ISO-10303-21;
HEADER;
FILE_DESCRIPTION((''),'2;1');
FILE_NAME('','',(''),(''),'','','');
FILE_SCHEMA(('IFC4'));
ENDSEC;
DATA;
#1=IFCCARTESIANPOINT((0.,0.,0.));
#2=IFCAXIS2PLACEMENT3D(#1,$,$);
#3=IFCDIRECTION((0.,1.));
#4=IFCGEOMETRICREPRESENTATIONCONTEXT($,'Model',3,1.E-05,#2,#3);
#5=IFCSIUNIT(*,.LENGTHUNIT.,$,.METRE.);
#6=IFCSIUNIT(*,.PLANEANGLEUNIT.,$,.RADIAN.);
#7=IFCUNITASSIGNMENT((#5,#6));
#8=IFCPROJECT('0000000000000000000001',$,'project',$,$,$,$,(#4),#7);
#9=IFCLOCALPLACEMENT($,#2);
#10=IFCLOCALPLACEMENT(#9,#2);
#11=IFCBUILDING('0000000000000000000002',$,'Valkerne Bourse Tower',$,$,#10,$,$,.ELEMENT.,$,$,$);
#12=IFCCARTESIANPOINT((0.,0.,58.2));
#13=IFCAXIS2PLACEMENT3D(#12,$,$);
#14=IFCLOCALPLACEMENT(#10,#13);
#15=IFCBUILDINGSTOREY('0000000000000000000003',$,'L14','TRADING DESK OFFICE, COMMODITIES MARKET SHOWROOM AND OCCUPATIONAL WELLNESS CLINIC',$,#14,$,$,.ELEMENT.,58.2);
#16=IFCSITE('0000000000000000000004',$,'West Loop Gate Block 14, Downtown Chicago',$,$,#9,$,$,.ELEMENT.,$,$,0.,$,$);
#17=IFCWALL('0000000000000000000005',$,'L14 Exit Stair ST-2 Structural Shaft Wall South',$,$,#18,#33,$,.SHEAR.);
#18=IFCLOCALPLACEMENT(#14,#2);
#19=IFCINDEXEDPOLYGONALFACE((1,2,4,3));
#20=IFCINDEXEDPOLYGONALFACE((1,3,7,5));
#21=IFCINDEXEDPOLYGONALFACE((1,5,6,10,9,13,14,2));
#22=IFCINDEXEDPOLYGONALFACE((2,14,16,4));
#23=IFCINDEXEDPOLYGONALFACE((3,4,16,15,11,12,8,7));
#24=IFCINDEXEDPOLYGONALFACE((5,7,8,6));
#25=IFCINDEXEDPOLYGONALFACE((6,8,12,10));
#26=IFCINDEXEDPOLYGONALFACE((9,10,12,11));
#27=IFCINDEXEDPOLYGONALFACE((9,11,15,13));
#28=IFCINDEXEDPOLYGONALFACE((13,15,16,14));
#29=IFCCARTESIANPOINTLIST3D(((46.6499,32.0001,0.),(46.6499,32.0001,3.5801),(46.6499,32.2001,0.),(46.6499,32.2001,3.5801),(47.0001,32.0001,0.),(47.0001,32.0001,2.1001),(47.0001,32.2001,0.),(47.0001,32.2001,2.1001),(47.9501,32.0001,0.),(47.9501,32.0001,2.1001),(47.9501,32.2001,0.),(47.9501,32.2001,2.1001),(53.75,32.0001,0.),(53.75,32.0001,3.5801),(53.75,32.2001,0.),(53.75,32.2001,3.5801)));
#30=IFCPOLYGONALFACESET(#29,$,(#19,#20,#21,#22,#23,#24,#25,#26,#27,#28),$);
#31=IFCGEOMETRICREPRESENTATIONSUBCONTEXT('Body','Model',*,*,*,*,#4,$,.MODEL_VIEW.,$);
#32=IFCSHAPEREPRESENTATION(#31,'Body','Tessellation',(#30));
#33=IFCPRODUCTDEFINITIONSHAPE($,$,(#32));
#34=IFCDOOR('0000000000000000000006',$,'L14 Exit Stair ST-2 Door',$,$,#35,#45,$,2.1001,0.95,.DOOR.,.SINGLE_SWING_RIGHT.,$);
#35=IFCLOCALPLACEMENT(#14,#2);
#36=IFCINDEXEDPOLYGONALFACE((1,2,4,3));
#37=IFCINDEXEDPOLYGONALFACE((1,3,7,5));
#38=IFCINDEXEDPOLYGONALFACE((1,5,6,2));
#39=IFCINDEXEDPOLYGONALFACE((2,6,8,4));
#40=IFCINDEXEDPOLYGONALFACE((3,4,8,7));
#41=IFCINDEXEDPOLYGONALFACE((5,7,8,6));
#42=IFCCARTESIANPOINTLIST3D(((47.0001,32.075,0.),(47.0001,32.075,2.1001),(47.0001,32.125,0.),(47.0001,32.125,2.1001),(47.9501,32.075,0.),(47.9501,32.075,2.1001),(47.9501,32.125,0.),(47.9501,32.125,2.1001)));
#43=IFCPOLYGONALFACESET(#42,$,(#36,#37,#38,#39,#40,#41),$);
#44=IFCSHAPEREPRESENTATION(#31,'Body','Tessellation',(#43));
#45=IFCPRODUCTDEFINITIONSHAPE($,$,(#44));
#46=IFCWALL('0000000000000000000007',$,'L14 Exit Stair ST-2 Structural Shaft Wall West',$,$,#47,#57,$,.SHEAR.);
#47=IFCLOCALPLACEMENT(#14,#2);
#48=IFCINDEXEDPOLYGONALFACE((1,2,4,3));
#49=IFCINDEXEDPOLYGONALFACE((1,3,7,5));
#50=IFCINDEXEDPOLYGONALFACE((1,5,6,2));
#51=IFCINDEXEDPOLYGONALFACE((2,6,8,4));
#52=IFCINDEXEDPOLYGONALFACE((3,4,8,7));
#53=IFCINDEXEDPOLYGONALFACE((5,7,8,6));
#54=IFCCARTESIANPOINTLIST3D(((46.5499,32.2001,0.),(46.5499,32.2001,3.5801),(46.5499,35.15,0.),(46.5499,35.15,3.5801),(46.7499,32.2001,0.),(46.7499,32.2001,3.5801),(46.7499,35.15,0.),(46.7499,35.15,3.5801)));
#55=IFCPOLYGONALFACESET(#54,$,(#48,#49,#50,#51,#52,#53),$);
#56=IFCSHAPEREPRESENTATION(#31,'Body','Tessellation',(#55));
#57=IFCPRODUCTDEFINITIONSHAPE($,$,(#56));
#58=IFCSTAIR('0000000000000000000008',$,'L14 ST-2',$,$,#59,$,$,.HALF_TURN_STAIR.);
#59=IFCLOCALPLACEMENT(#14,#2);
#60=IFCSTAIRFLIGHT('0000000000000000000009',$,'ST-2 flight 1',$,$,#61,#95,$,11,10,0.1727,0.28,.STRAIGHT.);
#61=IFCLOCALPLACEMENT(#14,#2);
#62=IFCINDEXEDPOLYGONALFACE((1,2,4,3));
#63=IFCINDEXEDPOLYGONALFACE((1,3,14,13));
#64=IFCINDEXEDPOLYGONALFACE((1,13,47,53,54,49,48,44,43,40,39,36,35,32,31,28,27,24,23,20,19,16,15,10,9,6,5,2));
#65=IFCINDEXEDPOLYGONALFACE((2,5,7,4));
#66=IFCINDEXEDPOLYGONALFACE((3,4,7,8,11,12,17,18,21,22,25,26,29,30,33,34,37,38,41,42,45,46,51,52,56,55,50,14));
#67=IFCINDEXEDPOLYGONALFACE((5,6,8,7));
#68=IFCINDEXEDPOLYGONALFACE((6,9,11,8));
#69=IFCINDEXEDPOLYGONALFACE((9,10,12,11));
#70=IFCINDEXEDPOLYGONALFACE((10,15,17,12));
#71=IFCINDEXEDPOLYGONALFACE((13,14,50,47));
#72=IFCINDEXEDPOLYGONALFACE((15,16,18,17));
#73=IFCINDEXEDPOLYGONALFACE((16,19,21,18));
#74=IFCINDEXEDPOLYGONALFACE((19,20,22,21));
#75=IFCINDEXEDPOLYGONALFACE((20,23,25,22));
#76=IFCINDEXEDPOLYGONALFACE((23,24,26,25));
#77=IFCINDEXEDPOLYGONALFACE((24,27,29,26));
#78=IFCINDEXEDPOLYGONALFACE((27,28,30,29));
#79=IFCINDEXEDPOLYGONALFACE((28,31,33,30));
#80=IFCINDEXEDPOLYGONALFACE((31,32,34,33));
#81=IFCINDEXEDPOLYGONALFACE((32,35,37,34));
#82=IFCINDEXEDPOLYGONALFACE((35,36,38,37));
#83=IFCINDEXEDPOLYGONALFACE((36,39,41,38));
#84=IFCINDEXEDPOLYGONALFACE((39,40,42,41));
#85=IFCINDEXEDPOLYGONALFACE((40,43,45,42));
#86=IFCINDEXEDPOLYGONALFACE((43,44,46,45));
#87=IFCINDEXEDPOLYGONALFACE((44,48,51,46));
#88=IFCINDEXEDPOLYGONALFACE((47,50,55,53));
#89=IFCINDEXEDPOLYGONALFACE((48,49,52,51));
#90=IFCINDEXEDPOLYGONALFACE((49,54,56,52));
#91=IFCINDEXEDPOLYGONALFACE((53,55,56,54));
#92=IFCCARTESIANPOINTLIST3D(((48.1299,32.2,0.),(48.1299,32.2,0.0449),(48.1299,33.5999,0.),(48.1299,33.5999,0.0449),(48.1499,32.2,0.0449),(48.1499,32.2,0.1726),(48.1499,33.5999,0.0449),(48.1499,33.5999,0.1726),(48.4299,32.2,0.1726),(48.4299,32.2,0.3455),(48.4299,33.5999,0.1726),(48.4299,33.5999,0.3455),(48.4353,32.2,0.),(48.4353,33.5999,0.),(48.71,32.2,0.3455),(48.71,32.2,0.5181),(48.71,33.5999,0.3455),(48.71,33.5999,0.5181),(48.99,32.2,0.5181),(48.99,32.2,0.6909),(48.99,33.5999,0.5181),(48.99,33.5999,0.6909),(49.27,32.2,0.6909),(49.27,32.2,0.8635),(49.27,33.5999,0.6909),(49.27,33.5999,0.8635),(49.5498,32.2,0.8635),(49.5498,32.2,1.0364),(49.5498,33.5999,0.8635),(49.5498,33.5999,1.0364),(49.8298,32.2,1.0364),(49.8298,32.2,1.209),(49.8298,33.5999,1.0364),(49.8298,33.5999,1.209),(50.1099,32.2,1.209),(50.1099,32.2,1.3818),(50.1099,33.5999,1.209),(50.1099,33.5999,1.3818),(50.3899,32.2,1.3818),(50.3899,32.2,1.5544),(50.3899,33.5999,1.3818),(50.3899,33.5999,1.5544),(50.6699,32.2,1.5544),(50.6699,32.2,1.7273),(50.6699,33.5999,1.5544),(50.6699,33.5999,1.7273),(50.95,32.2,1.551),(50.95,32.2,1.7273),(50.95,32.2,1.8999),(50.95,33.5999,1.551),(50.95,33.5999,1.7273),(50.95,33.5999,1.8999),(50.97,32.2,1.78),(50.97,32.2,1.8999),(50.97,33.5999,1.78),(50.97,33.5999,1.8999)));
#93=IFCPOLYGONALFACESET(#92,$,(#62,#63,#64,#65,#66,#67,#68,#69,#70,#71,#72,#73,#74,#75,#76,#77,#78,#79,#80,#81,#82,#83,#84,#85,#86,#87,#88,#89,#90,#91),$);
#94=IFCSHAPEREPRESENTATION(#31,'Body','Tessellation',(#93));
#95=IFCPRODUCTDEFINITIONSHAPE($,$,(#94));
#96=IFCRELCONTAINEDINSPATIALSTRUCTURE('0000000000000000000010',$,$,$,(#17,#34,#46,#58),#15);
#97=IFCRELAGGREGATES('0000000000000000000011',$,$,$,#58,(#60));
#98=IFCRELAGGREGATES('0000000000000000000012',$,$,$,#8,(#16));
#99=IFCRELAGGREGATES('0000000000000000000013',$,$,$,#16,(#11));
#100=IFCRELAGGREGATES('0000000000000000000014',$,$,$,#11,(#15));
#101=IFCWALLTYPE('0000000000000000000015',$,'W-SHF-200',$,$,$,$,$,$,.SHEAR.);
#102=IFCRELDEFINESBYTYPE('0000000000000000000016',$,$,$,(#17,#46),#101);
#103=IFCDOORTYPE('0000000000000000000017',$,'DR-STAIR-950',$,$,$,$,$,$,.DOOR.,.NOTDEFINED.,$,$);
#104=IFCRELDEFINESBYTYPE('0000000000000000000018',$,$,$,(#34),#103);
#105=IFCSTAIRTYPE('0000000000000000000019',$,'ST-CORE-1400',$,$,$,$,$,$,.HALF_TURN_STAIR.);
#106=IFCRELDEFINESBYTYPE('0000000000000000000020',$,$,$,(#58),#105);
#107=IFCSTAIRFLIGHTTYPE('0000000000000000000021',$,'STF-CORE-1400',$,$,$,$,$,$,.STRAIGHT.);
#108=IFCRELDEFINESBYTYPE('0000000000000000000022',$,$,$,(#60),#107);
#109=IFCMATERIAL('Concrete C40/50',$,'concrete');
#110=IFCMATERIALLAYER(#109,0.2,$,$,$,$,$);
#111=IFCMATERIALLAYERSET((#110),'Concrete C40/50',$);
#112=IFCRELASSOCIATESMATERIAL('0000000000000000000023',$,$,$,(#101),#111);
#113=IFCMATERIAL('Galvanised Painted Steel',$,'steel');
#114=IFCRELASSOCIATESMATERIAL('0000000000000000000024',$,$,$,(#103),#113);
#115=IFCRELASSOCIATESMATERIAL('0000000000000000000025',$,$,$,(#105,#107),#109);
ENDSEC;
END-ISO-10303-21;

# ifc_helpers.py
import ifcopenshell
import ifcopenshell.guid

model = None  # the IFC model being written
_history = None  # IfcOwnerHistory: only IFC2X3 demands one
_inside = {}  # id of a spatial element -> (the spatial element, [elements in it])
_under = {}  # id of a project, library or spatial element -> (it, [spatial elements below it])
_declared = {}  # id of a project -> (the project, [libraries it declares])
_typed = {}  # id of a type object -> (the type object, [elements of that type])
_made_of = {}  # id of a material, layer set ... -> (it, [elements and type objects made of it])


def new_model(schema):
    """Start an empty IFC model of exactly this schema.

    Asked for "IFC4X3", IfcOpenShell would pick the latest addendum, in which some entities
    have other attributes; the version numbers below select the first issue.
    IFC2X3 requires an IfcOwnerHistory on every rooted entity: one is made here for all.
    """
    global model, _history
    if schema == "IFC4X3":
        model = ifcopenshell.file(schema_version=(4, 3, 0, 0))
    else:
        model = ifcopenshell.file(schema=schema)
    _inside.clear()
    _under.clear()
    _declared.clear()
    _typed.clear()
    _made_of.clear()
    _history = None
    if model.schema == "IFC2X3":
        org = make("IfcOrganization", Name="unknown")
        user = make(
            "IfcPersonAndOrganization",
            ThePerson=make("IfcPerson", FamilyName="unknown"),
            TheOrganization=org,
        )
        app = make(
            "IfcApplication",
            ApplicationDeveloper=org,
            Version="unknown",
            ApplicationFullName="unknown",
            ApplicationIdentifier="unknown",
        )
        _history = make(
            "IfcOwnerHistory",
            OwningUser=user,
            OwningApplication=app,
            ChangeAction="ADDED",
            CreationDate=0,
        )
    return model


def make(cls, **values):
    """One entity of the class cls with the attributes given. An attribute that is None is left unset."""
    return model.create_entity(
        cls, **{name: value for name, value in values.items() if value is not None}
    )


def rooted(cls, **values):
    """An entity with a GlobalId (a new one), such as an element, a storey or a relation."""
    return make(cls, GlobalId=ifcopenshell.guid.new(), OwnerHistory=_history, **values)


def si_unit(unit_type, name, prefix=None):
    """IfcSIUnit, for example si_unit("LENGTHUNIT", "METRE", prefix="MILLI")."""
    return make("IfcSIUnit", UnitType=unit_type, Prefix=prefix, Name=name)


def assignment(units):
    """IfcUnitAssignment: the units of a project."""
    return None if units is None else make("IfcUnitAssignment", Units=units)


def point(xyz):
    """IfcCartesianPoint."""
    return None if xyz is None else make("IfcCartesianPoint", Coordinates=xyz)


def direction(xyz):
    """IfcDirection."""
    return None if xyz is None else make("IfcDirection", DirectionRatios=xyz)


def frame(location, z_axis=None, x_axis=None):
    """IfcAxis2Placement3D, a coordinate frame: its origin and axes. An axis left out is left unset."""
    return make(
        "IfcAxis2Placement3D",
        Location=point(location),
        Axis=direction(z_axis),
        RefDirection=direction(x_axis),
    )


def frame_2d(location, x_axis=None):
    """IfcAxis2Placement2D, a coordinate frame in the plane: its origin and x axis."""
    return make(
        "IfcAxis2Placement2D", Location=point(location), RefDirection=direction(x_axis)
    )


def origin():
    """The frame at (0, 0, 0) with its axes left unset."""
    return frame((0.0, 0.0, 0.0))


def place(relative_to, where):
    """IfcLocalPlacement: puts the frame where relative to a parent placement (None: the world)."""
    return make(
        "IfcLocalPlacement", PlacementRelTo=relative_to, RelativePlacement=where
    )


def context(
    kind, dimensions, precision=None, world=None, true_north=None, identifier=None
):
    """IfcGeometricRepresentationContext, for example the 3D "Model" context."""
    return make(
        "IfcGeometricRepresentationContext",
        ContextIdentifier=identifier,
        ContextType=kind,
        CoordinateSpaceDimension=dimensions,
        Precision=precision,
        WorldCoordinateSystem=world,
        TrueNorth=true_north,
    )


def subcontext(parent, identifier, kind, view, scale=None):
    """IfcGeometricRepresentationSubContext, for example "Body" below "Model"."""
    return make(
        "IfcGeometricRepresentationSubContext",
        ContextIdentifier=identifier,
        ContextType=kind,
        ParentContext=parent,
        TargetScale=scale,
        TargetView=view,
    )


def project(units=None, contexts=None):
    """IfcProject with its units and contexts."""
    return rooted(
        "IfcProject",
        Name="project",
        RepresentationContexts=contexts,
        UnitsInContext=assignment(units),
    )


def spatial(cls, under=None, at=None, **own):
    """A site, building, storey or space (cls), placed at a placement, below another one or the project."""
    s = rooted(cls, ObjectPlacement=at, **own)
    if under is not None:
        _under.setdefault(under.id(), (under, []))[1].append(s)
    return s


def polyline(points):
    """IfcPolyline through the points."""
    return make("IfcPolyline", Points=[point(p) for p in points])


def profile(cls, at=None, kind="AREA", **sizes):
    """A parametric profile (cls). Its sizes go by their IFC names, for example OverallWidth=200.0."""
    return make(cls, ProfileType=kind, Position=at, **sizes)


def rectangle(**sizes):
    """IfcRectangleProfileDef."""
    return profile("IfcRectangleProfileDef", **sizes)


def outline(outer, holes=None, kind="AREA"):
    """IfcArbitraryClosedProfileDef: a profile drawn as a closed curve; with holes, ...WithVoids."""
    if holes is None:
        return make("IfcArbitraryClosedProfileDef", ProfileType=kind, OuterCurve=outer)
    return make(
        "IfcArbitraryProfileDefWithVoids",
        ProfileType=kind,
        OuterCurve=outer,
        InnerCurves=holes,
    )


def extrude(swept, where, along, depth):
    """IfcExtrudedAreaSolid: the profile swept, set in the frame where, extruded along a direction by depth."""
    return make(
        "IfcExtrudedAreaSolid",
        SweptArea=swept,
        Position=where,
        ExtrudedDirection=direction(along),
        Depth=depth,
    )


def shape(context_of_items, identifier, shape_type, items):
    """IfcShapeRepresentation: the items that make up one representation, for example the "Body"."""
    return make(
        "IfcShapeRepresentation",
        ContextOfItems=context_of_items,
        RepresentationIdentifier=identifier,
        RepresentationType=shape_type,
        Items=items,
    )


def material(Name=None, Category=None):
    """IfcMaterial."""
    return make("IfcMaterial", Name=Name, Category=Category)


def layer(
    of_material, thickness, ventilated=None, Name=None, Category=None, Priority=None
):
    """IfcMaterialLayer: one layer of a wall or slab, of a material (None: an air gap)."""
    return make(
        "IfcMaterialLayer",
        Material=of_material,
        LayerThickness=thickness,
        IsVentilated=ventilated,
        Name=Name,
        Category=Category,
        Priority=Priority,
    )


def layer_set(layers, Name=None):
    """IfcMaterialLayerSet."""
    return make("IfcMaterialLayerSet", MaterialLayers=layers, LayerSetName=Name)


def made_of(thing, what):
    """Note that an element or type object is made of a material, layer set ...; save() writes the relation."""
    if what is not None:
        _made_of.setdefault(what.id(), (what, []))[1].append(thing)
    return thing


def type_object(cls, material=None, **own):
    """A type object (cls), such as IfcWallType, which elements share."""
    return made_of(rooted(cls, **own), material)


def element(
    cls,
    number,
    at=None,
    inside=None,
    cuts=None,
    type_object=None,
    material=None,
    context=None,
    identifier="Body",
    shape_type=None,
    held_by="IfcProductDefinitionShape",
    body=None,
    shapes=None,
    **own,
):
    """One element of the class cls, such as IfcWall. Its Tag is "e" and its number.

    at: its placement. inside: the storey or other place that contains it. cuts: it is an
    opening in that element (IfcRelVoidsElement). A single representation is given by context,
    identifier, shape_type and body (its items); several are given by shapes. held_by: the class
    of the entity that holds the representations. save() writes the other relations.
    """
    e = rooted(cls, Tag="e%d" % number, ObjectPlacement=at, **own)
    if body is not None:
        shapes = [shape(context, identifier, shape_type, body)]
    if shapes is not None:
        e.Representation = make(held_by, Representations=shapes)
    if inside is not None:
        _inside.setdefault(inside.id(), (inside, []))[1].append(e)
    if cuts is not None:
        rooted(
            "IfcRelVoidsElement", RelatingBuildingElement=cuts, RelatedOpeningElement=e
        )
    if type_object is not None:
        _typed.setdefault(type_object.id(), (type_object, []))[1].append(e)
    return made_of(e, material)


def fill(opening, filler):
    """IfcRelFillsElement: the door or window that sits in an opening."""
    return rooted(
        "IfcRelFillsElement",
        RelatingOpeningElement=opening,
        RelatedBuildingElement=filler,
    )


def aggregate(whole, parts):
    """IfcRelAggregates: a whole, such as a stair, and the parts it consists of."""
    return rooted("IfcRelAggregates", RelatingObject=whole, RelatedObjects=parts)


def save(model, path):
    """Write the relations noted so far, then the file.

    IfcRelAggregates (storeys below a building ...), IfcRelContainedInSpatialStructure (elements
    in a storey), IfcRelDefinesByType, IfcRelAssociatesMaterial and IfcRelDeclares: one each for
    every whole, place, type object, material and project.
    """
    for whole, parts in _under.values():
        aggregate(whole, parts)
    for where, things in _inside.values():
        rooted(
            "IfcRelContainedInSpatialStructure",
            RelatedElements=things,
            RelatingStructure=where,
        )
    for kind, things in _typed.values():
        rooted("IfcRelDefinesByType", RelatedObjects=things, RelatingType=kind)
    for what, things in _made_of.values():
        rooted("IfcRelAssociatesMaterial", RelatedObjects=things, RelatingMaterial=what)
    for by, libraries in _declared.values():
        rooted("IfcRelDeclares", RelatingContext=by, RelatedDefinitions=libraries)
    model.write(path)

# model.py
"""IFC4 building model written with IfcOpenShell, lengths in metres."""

from ifc_helpers import new_model, si_unit, direction, frame, frame_2d, origin, place, context, subcontext, project, spatial, polyline, rectangle, outline, extrude, material, layer, layer_set, type_object, element, fill, aggregate, save


model = new_model("IFC4")

# Units and contexts
model_context = context("Model", 3, precision=1e-05, world=origin(), true_north=direction((0.0, 1.0)))
body_context = subcontext(model_context, "Body", "Model", "MODEL_VIEW")
ifc_project = project(units=[si_unit("LENGTHUNIT", "METRE"), si_unit("PLANEANGLEUNIT", "RADIAN")], contexts=[model_context])

# Site, building, storey
site_placement = place(None, origin())
site = spatial("IfcSite", under=ifc_project, at=site_placement, Name="West Loop Gate Block 14, Downtown Chicago", CompositionType="ELEMENT", RefElevation=0.0)
building_placement = place(site_placement, origin())
building = spatial("IfcBuilding", under=site, at=building_placement, Name="Valkerne Bourse Tower", CompositionType="ELEMENT")
storey_placement = place(building_placement, frame((0.0, 0.0, 58.2)))
storey = spatial("IfcBuildingStorey", under=building, at=storey_placement, Name="L14", Description="TRADING DESK OFFICE, COMMODITIES MARKET SHOWROOM AND OCCUPATIONAL WELLNESS CLINIC", CompositionType="ELEMENT", Elevation=58.2)

# Shared definitions
ifc_material_1 = material(Name="Galvanised Painted Steel", Category="steel")

# Wall, opening, door
ifc_material_2 = material(Name="Concrete C40/50", Category="concrete")
ifc_layer_1 = layer(ifc_material_2, 0.2)
ifc_layer_set_1 = layer_set([ifc_layer_1], Name="Concrete C40/50")
wall_type_1 = type_object("IfcWallType", Name="W-SHF-200", PredefinedType="SHEAR", material=ifc_layer_set_1)
wall_1_placement = place(storey_placement, frame((46.6499, 32.1001, 0.0), z_axis=(0.0, 0.0, 1.0), x_axis=(1.0, 0.0, 0.0)))
wall_1 = element("IfcWall", 1, at=wall_1_placement, inside=storey, type_object=wall_type_1, Name="L14 Exit Stair ST-2 Structural Shaft Wall South", PredefinedType="SHEAR", context=body_context, shape_type="SweptSolid", body=[
    extrude(rectangle(XDim=7.1001, YDim=0.2, at=frame_2d((3.55, 0.0))), origin(), (0.0, 0.0, 1.0), 3.5801),
])
opening_1_placement = place(wall_1_placement, frame((0.3501, 0.0, 0.0)))
opening_1 = element("IfcOpeningElement", 2, at=opening_1_placement, cuts=wall_1, PredefinedType="OPENING", context=body_context, shape_type="SweptSolid", body=[
    extrude(rectangle(XDim=0.95, YDim=2.1001, at=frame_2d((0.4751, 1.05))), frame((0.0, 0.1099, 0.0), z_axis=(0.0, -1.0, 0.0), x_axis=(1.0, 0.0, 0.0)), (0.0, 0.0, 1.0), 0.22),
])
door_type_1 = type_object("IfcDoorType", Name="DR-STAIR-950", OperationType="NOTDEFINED", PredefinedType="DOOR", material=ifc_material_1)
door_1_placement = place(opening_1_placement, origin())
door_1 = element("IfcDoor", 3, at=door_1_placement, inside=storey, type_object=door_type_1, Name="L14 Exit Stair ST-2 Door", OperationType="SINGLE_SWING_RIGHT", OverallHeight=2.1001, OverallWidth=0.95, PredefinedType="DOOR", context=body_context, shape_type="SweptSolid", body=[
    extrude(rectangle(XDim=0.95, YDim=2.1001, at=frame_2d((0.4751, 1.05))), frame((0.0, 0.0249, 0.0), z_axis=(0.0, -1.0, 0.0), x_axis=(1.0, 0.0, 0.0)), (0.0, 0.0, 1.0), 0.05),
])
fill(opening_1, door_1)

# Wall
wall_2_placement = place(storey_placement, frame((46.6499, 32.2, 0.0), z_axis=(0.0, 0.0, 1.0), x_axis=(0.0, 1.0, 0.0)))
element("IfcWall", 4, at=wall_2_placement, inside=storey, type_object=wall_type_1, Name="L14 Exit Stair ST-2 Structural Shaft Wall West", PredefinedType="SHEAR", context=body_context, shape_type="SweptSolid", body=[
    extrude(rectangle(XDim=2.95, YDim=0.2, at=frame_2d((1.4751, 0.0))), origin(), (0.0, 0.0, 1.0), 3.5801),
])

# Stair, stair flight
stair_type = type_object("IfcStairType", Name="ST-CORE-1400", PredefinedType="HALF_TURN_STAIR", material=ifc_material_2)
stair_placement = place(storey_placement, origin())
stair = element("IfcStair", 5, at=stair_placement, inside=storey, type_object=stair_type, Name="L14 ST-2", PredefinedType="HALF_TURN_STAIR")
stair_flight_type = type_object("IfcStairFlightType", Name="STF-CORE-1400", PredefinedType="STRAIGHT", material=ifc_material_2)
stair_flight_placement = place(storey_placement, frame((48.1499, 32.8999, 0.0), z_axis=(0.0, 0.0, 1.0), x_axis=(1.0, 0.0, 0.0)))
stair_flight = element("IfcStairFlight", 6, at=stair_flight_placement, type_object=stair_flight_type, Name="ST-2 flight 1", NumberOfRisers=11, NumberOfTreads=10, PredefinedType="STRAIGHT", RiserHeight=0.1727, TreadLength=0.28, context=body_context, shape_type="SweptSolid", body=[
    extrude(outline(polyline([(-0.02, 0.0), (-0.02, 0.0449), (0.0, 0.0449), (0.0, 0.1726), (0.28, 0.1726), (0.28, 0.3455), (0.5601, 0.3455), (0.5601, 0.5181), (0.8401, 0.5181), (0.8401, 0.6909), (1.1201, 0.6909), (1.1201, 0.8635), (1.3999, 0.8635), (1.3999, 1.0364), (1.6799, 1.0364), (1.6799, 1.209), (1.96, 1.209), (1.96, 1.3818), (2.24, 1.3818), (2.24, 1.5544), (2.52, 1.5544), (2.52, 1.7273), (2.8, 1.7273), (2.8, 1.8999), (2.8201, 1.8999), (2.8201, 1.78), (2.8, 1.551), (0.2854, 0.0), (-0.02, 0.0)])), frame((0.0, 0.7, 0.0), z_axis=(0.0, -1.0, 0.0), x_axis=(1.0, 0.0, 0.0)), (0.0, 0.0, 1.0), 1.3999),
])
aggregate(stair, [stair_flight])

save(model, "model.ifc")
